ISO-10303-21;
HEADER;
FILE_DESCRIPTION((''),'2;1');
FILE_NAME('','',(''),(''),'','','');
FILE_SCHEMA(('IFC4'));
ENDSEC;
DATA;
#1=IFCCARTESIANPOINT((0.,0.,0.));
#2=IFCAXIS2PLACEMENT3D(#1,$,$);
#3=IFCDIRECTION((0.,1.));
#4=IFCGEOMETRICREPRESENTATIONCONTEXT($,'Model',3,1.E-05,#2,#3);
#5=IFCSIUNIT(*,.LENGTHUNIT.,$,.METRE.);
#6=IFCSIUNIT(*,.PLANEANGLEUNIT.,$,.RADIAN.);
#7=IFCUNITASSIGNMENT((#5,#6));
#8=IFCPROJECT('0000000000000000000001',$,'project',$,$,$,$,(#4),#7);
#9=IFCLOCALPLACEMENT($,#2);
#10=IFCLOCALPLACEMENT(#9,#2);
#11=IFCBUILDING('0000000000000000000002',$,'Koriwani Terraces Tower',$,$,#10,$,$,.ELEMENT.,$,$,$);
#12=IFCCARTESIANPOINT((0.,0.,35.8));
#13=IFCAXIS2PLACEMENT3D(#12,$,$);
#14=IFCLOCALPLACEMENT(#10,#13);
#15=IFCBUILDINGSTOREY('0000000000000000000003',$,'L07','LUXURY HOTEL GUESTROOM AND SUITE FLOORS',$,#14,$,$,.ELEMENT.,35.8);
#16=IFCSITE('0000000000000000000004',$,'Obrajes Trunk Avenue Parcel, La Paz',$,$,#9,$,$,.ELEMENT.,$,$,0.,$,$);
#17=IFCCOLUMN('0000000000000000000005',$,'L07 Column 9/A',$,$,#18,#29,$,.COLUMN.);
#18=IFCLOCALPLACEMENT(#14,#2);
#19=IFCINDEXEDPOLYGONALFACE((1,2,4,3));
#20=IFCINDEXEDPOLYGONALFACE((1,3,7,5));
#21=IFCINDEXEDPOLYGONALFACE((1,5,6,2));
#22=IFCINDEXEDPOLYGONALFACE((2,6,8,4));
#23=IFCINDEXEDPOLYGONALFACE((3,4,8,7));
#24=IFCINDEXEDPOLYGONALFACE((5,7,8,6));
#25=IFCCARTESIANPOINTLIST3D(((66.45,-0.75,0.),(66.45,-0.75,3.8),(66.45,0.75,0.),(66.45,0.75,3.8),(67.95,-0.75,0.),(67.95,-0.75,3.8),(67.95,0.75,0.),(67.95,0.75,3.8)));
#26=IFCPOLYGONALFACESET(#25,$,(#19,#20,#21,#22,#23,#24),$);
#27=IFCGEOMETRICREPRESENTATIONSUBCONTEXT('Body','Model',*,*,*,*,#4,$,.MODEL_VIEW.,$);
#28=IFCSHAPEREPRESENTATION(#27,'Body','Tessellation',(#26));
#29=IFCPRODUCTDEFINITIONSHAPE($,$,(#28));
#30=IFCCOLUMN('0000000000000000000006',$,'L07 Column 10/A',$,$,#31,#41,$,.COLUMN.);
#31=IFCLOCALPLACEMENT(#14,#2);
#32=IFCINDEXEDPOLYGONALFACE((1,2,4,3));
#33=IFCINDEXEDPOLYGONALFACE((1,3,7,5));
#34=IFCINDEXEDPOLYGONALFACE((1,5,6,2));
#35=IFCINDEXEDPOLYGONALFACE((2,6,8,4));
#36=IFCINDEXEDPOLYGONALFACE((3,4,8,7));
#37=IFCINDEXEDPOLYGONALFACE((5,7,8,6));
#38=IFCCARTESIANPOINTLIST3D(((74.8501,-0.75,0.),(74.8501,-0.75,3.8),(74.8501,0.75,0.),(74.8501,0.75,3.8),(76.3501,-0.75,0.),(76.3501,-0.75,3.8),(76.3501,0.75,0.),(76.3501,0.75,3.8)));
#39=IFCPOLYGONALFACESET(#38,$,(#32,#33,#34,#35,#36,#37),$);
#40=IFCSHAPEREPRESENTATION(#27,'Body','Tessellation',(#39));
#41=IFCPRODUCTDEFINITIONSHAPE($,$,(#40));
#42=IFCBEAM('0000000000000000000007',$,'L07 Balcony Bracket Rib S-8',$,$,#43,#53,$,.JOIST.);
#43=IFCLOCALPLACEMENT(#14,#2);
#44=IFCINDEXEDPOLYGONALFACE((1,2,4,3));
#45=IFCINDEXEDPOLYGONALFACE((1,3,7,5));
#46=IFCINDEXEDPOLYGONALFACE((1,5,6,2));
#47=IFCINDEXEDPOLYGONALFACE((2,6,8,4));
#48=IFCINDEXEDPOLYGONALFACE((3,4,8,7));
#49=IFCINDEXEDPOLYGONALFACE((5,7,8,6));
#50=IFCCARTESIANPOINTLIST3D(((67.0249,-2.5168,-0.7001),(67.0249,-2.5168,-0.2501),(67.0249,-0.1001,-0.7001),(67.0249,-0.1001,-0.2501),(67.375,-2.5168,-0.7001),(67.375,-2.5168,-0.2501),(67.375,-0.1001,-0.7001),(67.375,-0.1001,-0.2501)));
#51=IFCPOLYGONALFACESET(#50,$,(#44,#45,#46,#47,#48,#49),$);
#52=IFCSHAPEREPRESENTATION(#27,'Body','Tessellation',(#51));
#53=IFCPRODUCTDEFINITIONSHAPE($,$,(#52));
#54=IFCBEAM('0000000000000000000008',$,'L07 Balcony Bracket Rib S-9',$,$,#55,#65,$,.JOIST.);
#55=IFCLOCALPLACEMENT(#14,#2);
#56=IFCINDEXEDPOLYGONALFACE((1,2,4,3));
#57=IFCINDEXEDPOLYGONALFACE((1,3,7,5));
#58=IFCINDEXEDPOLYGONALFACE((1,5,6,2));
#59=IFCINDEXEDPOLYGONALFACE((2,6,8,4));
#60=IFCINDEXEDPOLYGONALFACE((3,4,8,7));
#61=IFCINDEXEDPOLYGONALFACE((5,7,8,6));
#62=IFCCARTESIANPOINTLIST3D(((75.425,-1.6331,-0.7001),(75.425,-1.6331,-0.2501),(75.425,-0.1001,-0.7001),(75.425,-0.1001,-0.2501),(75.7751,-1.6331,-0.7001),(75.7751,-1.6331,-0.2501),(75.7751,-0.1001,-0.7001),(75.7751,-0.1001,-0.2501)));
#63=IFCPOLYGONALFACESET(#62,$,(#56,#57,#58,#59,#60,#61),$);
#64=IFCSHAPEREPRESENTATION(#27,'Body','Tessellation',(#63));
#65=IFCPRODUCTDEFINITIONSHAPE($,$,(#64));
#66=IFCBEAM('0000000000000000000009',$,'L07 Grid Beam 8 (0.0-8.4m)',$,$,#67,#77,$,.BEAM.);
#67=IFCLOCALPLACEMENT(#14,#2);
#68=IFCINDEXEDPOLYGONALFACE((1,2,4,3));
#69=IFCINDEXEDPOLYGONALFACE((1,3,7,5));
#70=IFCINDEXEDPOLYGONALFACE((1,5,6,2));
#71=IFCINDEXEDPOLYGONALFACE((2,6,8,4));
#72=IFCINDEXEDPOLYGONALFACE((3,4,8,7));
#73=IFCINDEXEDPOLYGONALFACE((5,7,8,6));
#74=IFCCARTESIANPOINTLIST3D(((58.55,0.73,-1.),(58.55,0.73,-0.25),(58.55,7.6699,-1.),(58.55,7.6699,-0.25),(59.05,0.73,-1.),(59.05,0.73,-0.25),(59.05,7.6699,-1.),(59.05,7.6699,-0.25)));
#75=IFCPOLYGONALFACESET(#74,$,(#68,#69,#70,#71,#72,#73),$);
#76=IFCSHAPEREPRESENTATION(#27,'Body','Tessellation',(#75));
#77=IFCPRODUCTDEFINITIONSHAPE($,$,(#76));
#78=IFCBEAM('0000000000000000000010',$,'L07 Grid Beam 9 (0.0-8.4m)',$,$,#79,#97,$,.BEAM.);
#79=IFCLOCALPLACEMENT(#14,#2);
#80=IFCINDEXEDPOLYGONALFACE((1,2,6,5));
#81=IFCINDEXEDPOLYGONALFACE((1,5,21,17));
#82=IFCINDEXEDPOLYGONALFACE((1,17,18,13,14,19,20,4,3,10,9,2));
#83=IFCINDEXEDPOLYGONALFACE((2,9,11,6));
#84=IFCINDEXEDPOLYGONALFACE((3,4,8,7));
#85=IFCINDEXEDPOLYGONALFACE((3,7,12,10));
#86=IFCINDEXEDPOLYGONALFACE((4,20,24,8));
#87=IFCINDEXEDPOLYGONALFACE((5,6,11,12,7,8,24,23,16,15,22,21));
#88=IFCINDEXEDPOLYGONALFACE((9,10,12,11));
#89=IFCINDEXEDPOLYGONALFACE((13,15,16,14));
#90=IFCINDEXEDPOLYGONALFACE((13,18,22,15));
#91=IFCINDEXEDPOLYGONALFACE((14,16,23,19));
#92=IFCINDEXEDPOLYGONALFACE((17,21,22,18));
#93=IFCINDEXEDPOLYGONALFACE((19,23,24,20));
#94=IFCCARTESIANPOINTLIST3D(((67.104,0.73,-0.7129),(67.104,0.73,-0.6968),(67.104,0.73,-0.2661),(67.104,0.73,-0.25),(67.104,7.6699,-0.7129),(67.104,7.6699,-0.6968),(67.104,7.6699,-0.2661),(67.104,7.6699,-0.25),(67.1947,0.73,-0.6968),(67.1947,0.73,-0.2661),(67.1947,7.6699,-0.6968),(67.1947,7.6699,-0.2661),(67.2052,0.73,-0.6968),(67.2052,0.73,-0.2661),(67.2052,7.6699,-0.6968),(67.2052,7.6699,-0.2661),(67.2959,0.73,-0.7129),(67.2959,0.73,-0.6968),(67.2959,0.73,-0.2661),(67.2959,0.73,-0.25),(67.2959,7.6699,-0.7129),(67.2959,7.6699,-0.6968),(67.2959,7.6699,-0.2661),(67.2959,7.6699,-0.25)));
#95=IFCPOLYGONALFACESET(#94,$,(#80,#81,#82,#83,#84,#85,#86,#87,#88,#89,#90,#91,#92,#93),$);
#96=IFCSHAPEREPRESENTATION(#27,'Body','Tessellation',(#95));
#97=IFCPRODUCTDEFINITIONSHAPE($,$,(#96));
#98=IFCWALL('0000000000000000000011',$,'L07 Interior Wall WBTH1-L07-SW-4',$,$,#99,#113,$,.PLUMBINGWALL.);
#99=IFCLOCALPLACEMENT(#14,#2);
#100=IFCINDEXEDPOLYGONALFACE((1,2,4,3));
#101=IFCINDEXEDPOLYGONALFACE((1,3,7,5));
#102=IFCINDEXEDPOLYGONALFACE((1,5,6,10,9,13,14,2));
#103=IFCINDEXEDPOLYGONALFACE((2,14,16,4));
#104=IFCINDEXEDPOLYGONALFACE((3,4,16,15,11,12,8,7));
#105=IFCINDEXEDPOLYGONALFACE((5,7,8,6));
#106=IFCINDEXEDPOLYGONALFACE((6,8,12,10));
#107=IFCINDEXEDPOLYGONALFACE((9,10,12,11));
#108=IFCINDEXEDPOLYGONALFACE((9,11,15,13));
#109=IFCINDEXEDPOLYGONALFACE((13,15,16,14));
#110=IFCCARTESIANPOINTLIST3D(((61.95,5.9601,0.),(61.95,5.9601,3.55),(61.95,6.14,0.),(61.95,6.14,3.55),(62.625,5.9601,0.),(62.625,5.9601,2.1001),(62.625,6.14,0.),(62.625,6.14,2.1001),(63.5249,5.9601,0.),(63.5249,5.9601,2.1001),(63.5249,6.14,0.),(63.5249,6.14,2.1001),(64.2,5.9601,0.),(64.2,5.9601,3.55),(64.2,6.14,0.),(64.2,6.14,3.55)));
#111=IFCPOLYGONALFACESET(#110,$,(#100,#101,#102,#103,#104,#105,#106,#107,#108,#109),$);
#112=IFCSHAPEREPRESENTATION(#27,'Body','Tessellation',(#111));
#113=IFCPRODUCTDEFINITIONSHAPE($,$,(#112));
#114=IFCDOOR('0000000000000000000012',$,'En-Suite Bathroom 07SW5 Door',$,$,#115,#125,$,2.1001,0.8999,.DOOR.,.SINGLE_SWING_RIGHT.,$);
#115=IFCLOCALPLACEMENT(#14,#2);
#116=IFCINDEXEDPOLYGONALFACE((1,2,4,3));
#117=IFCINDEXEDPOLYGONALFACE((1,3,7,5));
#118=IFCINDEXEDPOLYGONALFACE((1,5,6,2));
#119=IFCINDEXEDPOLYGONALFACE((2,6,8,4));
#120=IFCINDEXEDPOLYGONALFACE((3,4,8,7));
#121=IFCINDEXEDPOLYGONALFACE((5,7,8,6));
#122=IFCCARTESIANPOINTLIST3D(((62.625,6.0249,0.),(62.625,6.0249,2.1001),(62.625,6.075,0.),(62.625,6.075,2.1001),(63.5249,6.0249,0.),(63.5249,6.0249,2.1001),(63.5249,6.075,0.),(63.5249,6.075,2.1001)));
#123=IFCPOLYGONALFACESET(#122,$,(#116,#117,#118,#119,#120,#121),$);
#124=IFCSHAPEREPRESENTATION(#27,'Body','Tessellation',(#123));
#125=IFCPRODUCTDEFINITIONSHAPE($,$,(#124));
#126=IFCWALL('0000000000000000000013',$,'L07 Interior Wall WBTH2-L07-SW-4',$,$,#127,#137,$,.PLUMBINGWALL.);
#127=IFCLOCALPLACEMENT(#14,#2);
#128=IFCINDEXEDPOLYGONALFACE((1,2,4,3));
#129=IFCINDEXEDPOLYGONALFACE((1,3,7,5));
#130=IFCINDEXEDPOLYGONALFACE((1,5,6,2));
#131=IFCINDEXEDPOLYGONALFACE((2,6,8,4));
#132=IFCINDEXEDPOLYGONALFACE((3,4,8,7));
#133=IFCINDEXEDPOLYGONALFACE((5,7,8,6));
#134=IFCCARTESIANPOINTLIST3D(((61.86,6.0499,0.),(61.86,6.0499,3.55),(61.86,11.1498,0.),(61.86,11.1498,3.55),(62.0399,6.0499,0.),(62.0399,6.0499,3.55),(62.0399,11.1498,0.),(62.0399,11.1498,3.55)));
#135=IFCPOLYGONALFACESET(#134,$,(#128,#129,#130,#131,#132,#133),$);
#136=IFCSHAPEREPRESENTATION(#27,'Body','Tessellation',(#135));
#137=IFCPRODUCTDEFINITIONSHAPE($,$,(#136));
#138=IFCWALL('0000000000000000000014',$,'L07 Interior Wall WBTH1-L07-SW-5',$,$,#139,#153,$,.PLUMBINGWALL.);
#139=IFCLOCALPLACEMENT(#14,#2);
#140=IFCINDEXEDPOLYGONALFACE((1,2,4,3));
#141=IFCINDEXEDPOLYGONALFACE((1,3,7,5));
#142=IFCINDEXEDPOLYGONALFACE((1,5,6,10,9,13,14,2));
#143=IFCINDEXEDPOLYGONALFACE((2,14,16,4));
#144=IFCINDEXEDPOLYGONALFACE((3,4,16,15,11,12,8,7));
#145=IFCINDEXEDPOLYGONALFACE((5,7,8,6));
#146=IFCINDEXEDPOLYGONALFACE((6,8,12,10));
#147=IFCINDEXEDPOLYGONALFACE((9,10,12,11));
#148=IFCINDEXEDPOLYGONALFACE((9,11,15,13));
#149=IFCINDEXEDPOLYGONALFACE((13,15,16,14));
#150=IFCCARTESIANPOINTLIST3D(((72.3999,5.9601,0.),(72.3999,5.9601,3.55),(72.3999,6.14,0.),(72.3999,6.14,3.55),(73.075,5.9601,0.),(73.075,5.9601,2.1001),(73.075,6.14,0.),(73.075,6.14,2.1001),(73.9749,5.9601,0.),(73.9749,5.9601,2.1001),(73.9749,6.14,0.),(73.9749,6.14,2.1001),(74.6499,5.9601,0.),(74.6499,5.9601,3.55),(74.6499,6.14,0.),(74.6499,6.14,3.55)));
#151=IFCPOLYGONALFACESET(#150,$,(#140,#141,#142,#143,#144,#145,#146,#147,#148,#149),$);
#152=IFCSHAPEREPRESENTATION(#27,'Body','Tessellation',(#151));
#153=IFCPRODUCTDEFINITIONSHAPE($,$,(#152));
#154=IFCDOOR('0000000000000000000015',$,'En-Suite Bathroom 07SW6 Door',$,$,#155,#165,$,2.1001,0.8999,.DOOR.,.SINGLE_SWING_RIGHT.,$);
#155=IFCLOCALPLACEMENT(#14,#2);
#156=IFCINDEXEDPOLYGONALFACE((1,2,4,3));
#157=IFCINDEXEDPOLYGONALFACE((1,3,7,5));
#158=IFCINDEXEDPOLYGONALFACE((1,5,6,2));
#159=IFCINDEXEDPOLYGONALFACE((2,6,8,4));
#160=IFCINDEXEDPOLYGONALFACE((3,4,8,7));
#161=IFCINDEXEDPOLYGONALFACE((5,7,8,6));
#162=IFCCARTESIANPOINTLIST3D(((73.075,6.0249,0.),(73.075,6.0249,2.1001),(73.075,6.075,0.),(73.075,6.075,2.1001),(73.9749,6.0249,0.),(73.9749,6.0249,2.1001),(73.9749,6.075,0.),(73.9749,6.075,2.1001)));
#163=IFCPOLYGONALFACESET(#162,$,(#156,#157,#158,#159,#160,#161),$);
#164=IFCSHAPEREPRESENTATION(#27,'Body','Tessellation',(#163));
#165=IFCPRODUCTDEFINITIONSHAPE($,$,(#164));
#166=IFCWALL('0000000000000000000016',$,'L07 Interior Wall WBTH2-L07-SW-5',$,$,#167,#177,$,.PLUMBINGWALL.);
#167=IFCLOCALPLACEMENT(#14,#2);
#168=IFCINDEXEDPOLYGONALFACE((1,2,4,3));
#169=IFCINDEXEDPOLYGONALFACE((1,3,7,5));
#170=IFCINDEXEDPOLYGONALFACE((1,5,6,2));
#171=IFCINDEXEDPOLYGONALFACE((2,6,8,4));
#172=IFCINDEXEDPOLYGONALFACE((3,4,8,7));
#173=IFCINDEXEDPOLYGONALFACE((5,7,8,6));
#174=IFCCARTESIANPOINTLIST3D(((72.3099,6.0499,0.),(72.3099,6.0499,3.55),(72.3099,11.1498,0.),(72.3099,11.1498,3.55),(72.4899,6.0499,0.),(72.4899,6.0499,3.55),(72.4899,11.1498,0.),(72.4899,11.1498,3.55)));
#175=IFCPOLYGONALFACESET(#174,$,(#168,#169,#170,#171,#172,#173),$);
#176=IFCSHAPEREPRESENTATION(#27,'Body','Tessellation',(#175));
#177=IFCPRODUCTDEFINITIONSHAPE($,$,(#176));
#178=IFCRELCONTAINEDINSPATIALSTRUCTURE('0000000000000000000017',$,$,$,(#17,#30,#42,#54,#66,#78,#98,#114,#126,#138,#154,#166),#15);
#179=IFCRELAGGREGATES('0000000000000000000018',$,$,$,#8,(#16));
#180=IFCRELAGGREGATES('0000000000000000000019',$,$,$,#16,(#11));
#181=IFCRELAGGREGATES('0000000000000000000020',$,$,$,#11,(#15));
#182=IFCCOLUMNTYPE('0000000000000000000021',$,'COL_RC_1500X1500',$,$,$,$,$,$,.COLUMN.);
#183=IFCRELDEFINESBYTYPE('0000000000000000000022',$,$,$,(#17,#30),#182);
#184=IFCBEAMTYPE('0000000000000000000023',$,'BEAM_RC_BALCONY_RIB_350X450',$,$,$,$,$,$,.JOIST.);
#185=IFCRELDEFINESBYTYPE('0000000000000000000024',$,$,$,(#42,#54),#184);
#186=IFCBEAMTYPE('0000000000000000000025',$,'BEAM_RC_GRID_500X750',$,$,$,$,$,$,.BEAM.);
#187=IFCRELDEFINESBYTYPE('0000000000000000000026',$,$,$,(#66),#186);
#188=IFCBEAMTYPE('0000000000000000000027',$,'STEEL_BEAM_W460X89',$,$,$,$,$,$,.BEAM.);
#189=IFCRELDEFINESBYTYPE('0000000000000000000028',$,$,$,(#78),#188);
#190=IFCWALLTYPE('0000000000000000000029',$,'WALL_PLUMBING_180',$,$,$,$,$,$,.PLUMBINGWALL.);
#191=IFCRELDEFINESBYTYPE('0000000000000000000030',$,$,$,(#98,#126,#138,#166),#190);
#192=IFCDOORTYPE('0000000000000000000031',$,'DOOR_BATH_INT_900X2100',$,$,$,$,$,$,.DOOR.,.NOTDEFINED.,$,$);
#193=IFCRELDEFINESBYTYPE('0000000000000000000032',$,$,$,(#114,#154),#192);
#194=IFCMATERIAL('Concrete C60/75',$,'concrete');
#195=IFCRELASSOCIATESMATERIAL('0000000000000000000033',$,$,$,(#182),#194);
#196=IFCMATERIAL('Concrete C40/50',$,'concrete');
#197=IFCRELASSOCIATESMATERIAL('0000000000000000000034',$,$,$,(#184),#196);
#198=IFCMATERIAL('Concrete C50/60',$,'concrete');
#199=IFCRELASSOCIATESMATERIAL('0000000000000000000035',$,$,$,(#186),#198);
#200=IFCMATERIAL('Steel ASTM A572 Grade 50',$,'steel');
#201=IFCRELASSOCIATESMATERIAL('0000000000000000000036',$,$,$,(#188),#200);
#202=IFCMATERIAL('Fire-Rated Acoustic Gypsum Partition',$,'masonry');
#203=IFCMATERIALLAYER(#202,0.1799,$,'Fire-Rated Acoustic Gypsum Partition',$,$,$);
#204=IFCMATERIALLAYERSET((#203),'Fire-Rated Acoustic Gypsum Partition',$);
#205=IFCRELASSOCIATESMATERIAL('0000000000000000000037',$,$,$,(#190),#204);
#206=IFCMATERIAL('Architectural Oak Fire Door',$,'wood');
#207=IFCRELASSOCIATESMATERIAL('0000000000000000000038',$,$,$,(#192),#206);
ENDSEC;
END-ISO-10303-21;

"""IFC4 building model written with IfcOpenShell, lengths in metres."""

from ifc_helpers import new_model, si_unit, direction, frame, frame_2d, origin, origin_2d, place, context, subcontext, project, spatial, rectangle, i_section, extrude, material, layer, layer_set, material_profile, profile_set, type_object, element, fill, save


model = new_model("IFC4")

# Units and contexts
model_context = context("Model", 3, precision=1e-05, world=origin(), true_north=direction((0.0, 1.0)))
body_context = subcontext(model_context, "Body", "Model", "MODEL_VIEW")
ifc_project = project(units=[si_unit("LENGTHUNIT", "METRE"), si_unit("PLANEANGLEUNIT", "RADIAN")], contexts=[model_context])

# Site, building, storey
site_placement = place(None, origin())
site = spatial("IfcSite", under=ifc_project, at=site_placement, Name="Obrajes Trunk Avenue Parcel, La Paz", CompositionType="ELEMENT", RefElevation=0.0)
building_placement = place(site_placement, origin())
building = spatial("IfcBuilding", under=site, at=building_placement, Name="Koriwani Terraces Tower", CompositionType="ELEMENT")
storey_placement = place(building_placement, frame((0.0, 0.0, 35.8)))
storey = spatial("IfcBuildingStorey", under=building, at=storey_placement, Name="L07", Description="LUXURY HOTEL GUESTROOM AND SUITE FLOORS", CompositionType="ELEMENT", Elevation=35.8)

# Columns
ifc_material_1 = material(Name="Concrete C60/75", Category="concrete")
ifc_material_profile_1 = material_profile(ifc_material_1, rectangle(XDim=1.5, YDim=1.5, at=origin_2d()), Name="Concrete C60/75", Category="LoadBearing")
ifc_profile_set_1 = profile_set([ifc_material_profile_1], Name="Concrete C60/75")
column_type = type_object("IfcColumnType", Name="COL_RC_1500X1500", PredefinedType="COLUMN", material=ifc_profile_set_1)
for number, where, z_axis, x_axis, name in (
    (1, (67.2, 0.0, 0.0), (0.0, 0.0, 1.0), (1.0, 0.0, 0.0), "L07 Column 9/A"),
    (2, (75.6001, 0.0, 0.0), (0.0, 0.0, 1.0), (1.0, 0.0, 0.0), "L07 Column 10/A"),
):
    element("IfcColumn", number, at=place(storey_placement, frame(where, z_axis=z_axis, x_axis=x_axis)), inside=storey, type_object=column_type, Name=name, PredefinedType="COLUMN", context=body_context, shape_type="SweptSolid", body=[
        extrude(rectangle(XDim=1.5, YDim=1.5, at=origin_2d()), origin(), (0.0, 0.0, 1.0), 3.8),
    ])

# Beams
ifc_material_2 = material(Name="Concrete C40/50", Category="concrete")
ifc_material_profile_2 = material_profile(ifc_material_2, rectangle(XDim=0.3501, YDim=0.45, at=origin_2d()), Name="Concrete C40/50", Category="LoadBearing")
ifc_profile_set_2 = profile_set([ifc_material_profile_2], Name="Concrete C40/50")
beam_type_1 = type_object("IfcBeamType", Name="BEAM_RC_BALCONY_RIB_350X450", PredefinedType="JOIST", material=ifc_profile_set_2)
beam_1_placement = place(storey_placement, frame((67.2, -2.5168, -0.4751), z_axis=(0.0, 1.0, 0.0), x_axis=(-1.0, 0.0, 0.0)))
element("IfcBeam", 3, at=beam_1_placement, inside=storey, type_object=beam_type_1, Name="L07 Balcony Bracket Rib S-8", PredefinedType="JOIST", context=body_context, shape_type="SweptSolid", body=[
    extrude(rectangle(XDim=0.3501, YDim=0.45, at=origin_2d()), origin(), (0.0, 0.0, 1.0), 2.4167),
])
beam_2_placement = place(storey_placement, frame((75.6001, -1.6331, -0.4751), z_axis=(0.0, 1.0, 0.0), x_axis=(-1.0, 0.0, 0.0)))
element("IfcBeam", 4, at=beam_2_placement, inside=storey, type_object=beam_type_1, Name="L07 Balcony Bracket Rib S-9", PredefinedType="JOIST", context=body_context, shape_type="SweptSolid", body=[
    extrude(rectangle(XDim=0.3501, YDim=0.45, at=origin_2d()), origin(), (0.0, 0.0, 1.0), 1.533),
])
ifc_material_3 = material(Name="Concrete C50/60", Category="concrete")
ifc_material_profile_3 = material_profile(ifc_material_3, rectangle(XDim=0.5, YDim=0.75, at=origin_2d()), Name="Concrete C50/60", Category="LoadBearing")
ifc_profile_set_3 = profile_set([ifc_material_profile_3], Name="Concrete C50/60")
beam_type_2 = type_object("IfcBeamType", Name="BEAM_RC_GRID_500X750", PredefinedType="BEAM", material=ifc_profile_set_3)
beam_3_placement = place(storey_placement, frame((58.8, 0.73, -0.625), z_axis=(0.0, 1.0, 0.0), x_axis=(-1.0, 0.0, 0.0)))
element("IfcBeam", 5, at=beam_3_placement, inside=storey, type_object=beam_type_2, Name="L07 Grid Beam 8 (0.0-8.4m)", PredefinedType="BEAM", context=body_context, shape_type="SweptSolid", body=[
    extrude(rectangle(XDim=0.5, YDim=0.75, at=origin_2d()), origin(), (0.0, 0.0, 1.0), 6.9399),
])
ifc_material_4 = material(Name="Steel ASTM A572 Grade 50", Category="steel")
ifc_material_profile_4 = material_profile(ifc_material_4, i_section(OverallWidth=0.1919, OverallDepth=0.4629, WebThickness=0.0105, FlangeThickness=0.0161, at=origin_2d()), Name="Steel ASTM A572 Grade 50", Category="LoadBearing")
ifc_profile_set_4 = profile_set([ifc_material_profile_4], Name="Steel ASTM A572 Grade 50")
beam_type_3 = type_object("IfcBeamType", Name="STEEL_BEAM_W460X89", PredefinedType="BEAM", material=ifc_profile_set_4)
beam_4_placement = place(storey_placement, frame((67.2, 0.73, -0.4814), z_axis=(0.0, 1.0, 0.0), x_axis=(-1.0, 0.0, 0.0)))
element("IfcBeam", 6, at=beam_4_placement, inside=storey, type_object=beam_type_3, Name="L07 Grid Beam 9 (0.0-8.4m)", PredefinedType="BEAM", context=body_context, shape_type="SweptSolid", body=[
    extrude(i_section(OverallWidth=0.1919, OverallDepth=0.4629, WebThickness=0.0105, FlangeThickness=0.0161, at=origin_2d()), origin(), (0.0, 0.0, 1.0), 6.9399),
])

# Wall, opening, door
ifc_material_5 = material(Name="Fire-Rated Acoustic Gypsum Partition", Category="masonry")
ifc_layer_1 = layer(ifc_material_5, 0.1799, Name="Fire-Rated Acoustic Gypsum Partition")
ifc_layer_set_1 = layer_set([ifc_layer_1], Name="Fire-Rated Acoustic Gypsum Partition")
wall_type_1 = type_object("IfcWallType", Name="WALL_PLUMBING_180", PredefinedType="PLUMBINGWALL", material=ifc_layer_set_1)
wall_1_placement = place(storey_placement, frame((61.95, 6.05, 0.0), z_axis=(0.0, 0.0, 1.0), x_axis=(1.0, 0.0, 0.0)))
wall_1 = element("IfcWall", 7, at=wall_1_placement, inside=storey, type_object=wall_type_1, Name="L07 Interior Wall WBTH1-L07-SW-4", PredefinedType="PLUMBINGWALL", context=body_context, shape_type="SweptSolid", body=[
    extrude(rectangle(XDim=2.25, YDim=0.1799, at=frame_2d((1.125, 0.0))), origin(), (0.0, 0.0, 1.0), 3.55),
])
opening_1_placement = place(wall_1_placement, frame((0.675, 0.0, 0.0)))
opening_1 = element("IfcOpeningElement", 8, at=opening_1_placement, cuts=wall_1, PredefinedType="OPENING", context=body_context, shape_type="SweptSolid", body=[
    extrude(rectangle(XDim=0.8999, YDim=2.1001, at=frame_2d((0.45, 1.05))), frame((0.0, 0.1001, 0.0), z_axis=(0.0, -1.0, 0.0), x_axis=(1.0, 0.0, 0.0)), (0.0, 0.0, 1.0), 0.2),
])
ifc_material_6 = material(Name="Architectural Oak Fire Door", Category="wood")
door_type = type_object("IfcDoorType", Name="DOOR_BATH_INT_900X2100", OperationType="NOTDEFINED", PredefinedType="DOOR", material=ifc_material_6)
door_1_placement = place(opening_1_placement, origin())
door_1 = element("IfcDoor", 9, at=door_1_placement, inside=storey, type_object=door_type, Name="En-Suite Bathroom 07SW5 Door", OperationType="SINGLE_SWING_RIGHT", OverallHeight=2.1001, OverallWidth=0.8999, PredefinedType="DOOR", context=body_context, shape_type="SweptSolid", body=[
    extrude(rectangle(XDim=0.8999, YDim=2.1001, at=frame_2d((0.45, 1.05))), frame((0.0, 0.0249, 0.0), z_axis=(0.0, -1.0, 0.0), x_axis=(1.0, 0.0, 0.0)), (0.0, 0.0, 1.0), 0.05),
])
fill(opening_1, door_1)

# Wall
wall_2_placement = place(storey_placement, frame((61.95, 6.05, 0.0), z_axis=(0.0, 0.0, 1.0), x_axis=(0.0, 1.0, 0.0)))
element("IfcWall", 10, at=wall_2_placement, inside=storey, type_object=wall_type_1, Name="L07 Interior Wall WBTH2-L07-SW-4", PredefinedType="PLUMBINGWALL", context=body_context, shape_type="SweptSolid", body=[
    extrude(rectangle(XDim=5.0999, YDim=0.1799, at=frame_2d((2.5498, 0.0))), origin(), (0.0, 0.0, 1.0), 3.55),
])

# Wall, opening, door
wall_3_placement = place(storey_placement, frame((72.3999, 6.05, 0.0), z_axis=(0.0, 0.0, 1.0), x_axis=(1.0, 0.0, 0.0)))
wall_3 = element("IfcWall", 11, at=wall_3_placement, inside=storey, type_object=wall_type_1, Name="L07 Interior Wall WBTH1-L07-SW-5", PredefinedType="PLUMBINGWALL", context=body_context, shape_type="SweptSolid", body=[
    extrude(rectangle(XDim=2.25, YDim=0.1799, at=frame_2d((1.125, 0.0))), origin(), (0.0, 0.0, 1.0), 3.55),
])
opening_2_placement = place(wall_3_placement, frame((0.675, 0.0, 0.0)))
opening_2 = element("IfcOpeningElement", 12, at=opening_2_placement, cuts=wall_3, PredefinedType="OPENING", context=body_context, shape_type="SweptSolid", body=[
    extrude(rectangle(XDim=0.8999, YDim=2.1001, at=frame_2d((0.45, 1.05))), frame((0.0, 0.1001, 0.0), z_axis=(0.0, -1.0, 0.0), x_axis=(1.0, 0.0, 0.0)), (0.0, 0.0, 1.0), 0.2),
])
door_2_placement = place(opening_2_placement, origin())
door_2 = element("IfcDoor", 13, at=door_2_placement, inside=storey, type_object=door_type, Name="En-Suite Bathroom 07SW6 Door", OperationType="SINGLE_SWING_RIGHT", OverallHeight=2.1001, OverallWidth=0.8999, PredefinedType="DOOR", context=body_context, shape_type="SweptSolid", body=[
    extrude(rectangle(XDim=0.8999, YDim=2.1001, at=frame_2d((0.45, 1.05))), frame((0.0, 0.0249, 0.0), z_axis=(0.0, -1.0, 0.0), x_axis=(1.0, 0.0, 0.0)), (0.0, 0.0, 1.0), 0.05),
])
fill(opening_2, door_2)

# Wall
wall_4_placement = place(storey_placement, frame((72.3999, 6.05, 0.0), z_axis=(0.0, 0.0, 1.0), x_axis=(0.0, 1.0, 0.0)))
element("IfcWall", 14, at=wall_4_placement, inside=storey, type_object=wall_type_1, Name="L07 Interior Wall WBTH2-L07-SW-5", PredefinedType="PLUMBINGWALL", context=body_context, shape_type="SweptSolid", body=[
    extrude(rectangle(XDim=5.0999, YDim=0.1799, at=frame_2d((2.5498, 0.0))), origin(), (0.0, 0.0, 1.0), 3.55),
])

save(model, "model.ifc")
